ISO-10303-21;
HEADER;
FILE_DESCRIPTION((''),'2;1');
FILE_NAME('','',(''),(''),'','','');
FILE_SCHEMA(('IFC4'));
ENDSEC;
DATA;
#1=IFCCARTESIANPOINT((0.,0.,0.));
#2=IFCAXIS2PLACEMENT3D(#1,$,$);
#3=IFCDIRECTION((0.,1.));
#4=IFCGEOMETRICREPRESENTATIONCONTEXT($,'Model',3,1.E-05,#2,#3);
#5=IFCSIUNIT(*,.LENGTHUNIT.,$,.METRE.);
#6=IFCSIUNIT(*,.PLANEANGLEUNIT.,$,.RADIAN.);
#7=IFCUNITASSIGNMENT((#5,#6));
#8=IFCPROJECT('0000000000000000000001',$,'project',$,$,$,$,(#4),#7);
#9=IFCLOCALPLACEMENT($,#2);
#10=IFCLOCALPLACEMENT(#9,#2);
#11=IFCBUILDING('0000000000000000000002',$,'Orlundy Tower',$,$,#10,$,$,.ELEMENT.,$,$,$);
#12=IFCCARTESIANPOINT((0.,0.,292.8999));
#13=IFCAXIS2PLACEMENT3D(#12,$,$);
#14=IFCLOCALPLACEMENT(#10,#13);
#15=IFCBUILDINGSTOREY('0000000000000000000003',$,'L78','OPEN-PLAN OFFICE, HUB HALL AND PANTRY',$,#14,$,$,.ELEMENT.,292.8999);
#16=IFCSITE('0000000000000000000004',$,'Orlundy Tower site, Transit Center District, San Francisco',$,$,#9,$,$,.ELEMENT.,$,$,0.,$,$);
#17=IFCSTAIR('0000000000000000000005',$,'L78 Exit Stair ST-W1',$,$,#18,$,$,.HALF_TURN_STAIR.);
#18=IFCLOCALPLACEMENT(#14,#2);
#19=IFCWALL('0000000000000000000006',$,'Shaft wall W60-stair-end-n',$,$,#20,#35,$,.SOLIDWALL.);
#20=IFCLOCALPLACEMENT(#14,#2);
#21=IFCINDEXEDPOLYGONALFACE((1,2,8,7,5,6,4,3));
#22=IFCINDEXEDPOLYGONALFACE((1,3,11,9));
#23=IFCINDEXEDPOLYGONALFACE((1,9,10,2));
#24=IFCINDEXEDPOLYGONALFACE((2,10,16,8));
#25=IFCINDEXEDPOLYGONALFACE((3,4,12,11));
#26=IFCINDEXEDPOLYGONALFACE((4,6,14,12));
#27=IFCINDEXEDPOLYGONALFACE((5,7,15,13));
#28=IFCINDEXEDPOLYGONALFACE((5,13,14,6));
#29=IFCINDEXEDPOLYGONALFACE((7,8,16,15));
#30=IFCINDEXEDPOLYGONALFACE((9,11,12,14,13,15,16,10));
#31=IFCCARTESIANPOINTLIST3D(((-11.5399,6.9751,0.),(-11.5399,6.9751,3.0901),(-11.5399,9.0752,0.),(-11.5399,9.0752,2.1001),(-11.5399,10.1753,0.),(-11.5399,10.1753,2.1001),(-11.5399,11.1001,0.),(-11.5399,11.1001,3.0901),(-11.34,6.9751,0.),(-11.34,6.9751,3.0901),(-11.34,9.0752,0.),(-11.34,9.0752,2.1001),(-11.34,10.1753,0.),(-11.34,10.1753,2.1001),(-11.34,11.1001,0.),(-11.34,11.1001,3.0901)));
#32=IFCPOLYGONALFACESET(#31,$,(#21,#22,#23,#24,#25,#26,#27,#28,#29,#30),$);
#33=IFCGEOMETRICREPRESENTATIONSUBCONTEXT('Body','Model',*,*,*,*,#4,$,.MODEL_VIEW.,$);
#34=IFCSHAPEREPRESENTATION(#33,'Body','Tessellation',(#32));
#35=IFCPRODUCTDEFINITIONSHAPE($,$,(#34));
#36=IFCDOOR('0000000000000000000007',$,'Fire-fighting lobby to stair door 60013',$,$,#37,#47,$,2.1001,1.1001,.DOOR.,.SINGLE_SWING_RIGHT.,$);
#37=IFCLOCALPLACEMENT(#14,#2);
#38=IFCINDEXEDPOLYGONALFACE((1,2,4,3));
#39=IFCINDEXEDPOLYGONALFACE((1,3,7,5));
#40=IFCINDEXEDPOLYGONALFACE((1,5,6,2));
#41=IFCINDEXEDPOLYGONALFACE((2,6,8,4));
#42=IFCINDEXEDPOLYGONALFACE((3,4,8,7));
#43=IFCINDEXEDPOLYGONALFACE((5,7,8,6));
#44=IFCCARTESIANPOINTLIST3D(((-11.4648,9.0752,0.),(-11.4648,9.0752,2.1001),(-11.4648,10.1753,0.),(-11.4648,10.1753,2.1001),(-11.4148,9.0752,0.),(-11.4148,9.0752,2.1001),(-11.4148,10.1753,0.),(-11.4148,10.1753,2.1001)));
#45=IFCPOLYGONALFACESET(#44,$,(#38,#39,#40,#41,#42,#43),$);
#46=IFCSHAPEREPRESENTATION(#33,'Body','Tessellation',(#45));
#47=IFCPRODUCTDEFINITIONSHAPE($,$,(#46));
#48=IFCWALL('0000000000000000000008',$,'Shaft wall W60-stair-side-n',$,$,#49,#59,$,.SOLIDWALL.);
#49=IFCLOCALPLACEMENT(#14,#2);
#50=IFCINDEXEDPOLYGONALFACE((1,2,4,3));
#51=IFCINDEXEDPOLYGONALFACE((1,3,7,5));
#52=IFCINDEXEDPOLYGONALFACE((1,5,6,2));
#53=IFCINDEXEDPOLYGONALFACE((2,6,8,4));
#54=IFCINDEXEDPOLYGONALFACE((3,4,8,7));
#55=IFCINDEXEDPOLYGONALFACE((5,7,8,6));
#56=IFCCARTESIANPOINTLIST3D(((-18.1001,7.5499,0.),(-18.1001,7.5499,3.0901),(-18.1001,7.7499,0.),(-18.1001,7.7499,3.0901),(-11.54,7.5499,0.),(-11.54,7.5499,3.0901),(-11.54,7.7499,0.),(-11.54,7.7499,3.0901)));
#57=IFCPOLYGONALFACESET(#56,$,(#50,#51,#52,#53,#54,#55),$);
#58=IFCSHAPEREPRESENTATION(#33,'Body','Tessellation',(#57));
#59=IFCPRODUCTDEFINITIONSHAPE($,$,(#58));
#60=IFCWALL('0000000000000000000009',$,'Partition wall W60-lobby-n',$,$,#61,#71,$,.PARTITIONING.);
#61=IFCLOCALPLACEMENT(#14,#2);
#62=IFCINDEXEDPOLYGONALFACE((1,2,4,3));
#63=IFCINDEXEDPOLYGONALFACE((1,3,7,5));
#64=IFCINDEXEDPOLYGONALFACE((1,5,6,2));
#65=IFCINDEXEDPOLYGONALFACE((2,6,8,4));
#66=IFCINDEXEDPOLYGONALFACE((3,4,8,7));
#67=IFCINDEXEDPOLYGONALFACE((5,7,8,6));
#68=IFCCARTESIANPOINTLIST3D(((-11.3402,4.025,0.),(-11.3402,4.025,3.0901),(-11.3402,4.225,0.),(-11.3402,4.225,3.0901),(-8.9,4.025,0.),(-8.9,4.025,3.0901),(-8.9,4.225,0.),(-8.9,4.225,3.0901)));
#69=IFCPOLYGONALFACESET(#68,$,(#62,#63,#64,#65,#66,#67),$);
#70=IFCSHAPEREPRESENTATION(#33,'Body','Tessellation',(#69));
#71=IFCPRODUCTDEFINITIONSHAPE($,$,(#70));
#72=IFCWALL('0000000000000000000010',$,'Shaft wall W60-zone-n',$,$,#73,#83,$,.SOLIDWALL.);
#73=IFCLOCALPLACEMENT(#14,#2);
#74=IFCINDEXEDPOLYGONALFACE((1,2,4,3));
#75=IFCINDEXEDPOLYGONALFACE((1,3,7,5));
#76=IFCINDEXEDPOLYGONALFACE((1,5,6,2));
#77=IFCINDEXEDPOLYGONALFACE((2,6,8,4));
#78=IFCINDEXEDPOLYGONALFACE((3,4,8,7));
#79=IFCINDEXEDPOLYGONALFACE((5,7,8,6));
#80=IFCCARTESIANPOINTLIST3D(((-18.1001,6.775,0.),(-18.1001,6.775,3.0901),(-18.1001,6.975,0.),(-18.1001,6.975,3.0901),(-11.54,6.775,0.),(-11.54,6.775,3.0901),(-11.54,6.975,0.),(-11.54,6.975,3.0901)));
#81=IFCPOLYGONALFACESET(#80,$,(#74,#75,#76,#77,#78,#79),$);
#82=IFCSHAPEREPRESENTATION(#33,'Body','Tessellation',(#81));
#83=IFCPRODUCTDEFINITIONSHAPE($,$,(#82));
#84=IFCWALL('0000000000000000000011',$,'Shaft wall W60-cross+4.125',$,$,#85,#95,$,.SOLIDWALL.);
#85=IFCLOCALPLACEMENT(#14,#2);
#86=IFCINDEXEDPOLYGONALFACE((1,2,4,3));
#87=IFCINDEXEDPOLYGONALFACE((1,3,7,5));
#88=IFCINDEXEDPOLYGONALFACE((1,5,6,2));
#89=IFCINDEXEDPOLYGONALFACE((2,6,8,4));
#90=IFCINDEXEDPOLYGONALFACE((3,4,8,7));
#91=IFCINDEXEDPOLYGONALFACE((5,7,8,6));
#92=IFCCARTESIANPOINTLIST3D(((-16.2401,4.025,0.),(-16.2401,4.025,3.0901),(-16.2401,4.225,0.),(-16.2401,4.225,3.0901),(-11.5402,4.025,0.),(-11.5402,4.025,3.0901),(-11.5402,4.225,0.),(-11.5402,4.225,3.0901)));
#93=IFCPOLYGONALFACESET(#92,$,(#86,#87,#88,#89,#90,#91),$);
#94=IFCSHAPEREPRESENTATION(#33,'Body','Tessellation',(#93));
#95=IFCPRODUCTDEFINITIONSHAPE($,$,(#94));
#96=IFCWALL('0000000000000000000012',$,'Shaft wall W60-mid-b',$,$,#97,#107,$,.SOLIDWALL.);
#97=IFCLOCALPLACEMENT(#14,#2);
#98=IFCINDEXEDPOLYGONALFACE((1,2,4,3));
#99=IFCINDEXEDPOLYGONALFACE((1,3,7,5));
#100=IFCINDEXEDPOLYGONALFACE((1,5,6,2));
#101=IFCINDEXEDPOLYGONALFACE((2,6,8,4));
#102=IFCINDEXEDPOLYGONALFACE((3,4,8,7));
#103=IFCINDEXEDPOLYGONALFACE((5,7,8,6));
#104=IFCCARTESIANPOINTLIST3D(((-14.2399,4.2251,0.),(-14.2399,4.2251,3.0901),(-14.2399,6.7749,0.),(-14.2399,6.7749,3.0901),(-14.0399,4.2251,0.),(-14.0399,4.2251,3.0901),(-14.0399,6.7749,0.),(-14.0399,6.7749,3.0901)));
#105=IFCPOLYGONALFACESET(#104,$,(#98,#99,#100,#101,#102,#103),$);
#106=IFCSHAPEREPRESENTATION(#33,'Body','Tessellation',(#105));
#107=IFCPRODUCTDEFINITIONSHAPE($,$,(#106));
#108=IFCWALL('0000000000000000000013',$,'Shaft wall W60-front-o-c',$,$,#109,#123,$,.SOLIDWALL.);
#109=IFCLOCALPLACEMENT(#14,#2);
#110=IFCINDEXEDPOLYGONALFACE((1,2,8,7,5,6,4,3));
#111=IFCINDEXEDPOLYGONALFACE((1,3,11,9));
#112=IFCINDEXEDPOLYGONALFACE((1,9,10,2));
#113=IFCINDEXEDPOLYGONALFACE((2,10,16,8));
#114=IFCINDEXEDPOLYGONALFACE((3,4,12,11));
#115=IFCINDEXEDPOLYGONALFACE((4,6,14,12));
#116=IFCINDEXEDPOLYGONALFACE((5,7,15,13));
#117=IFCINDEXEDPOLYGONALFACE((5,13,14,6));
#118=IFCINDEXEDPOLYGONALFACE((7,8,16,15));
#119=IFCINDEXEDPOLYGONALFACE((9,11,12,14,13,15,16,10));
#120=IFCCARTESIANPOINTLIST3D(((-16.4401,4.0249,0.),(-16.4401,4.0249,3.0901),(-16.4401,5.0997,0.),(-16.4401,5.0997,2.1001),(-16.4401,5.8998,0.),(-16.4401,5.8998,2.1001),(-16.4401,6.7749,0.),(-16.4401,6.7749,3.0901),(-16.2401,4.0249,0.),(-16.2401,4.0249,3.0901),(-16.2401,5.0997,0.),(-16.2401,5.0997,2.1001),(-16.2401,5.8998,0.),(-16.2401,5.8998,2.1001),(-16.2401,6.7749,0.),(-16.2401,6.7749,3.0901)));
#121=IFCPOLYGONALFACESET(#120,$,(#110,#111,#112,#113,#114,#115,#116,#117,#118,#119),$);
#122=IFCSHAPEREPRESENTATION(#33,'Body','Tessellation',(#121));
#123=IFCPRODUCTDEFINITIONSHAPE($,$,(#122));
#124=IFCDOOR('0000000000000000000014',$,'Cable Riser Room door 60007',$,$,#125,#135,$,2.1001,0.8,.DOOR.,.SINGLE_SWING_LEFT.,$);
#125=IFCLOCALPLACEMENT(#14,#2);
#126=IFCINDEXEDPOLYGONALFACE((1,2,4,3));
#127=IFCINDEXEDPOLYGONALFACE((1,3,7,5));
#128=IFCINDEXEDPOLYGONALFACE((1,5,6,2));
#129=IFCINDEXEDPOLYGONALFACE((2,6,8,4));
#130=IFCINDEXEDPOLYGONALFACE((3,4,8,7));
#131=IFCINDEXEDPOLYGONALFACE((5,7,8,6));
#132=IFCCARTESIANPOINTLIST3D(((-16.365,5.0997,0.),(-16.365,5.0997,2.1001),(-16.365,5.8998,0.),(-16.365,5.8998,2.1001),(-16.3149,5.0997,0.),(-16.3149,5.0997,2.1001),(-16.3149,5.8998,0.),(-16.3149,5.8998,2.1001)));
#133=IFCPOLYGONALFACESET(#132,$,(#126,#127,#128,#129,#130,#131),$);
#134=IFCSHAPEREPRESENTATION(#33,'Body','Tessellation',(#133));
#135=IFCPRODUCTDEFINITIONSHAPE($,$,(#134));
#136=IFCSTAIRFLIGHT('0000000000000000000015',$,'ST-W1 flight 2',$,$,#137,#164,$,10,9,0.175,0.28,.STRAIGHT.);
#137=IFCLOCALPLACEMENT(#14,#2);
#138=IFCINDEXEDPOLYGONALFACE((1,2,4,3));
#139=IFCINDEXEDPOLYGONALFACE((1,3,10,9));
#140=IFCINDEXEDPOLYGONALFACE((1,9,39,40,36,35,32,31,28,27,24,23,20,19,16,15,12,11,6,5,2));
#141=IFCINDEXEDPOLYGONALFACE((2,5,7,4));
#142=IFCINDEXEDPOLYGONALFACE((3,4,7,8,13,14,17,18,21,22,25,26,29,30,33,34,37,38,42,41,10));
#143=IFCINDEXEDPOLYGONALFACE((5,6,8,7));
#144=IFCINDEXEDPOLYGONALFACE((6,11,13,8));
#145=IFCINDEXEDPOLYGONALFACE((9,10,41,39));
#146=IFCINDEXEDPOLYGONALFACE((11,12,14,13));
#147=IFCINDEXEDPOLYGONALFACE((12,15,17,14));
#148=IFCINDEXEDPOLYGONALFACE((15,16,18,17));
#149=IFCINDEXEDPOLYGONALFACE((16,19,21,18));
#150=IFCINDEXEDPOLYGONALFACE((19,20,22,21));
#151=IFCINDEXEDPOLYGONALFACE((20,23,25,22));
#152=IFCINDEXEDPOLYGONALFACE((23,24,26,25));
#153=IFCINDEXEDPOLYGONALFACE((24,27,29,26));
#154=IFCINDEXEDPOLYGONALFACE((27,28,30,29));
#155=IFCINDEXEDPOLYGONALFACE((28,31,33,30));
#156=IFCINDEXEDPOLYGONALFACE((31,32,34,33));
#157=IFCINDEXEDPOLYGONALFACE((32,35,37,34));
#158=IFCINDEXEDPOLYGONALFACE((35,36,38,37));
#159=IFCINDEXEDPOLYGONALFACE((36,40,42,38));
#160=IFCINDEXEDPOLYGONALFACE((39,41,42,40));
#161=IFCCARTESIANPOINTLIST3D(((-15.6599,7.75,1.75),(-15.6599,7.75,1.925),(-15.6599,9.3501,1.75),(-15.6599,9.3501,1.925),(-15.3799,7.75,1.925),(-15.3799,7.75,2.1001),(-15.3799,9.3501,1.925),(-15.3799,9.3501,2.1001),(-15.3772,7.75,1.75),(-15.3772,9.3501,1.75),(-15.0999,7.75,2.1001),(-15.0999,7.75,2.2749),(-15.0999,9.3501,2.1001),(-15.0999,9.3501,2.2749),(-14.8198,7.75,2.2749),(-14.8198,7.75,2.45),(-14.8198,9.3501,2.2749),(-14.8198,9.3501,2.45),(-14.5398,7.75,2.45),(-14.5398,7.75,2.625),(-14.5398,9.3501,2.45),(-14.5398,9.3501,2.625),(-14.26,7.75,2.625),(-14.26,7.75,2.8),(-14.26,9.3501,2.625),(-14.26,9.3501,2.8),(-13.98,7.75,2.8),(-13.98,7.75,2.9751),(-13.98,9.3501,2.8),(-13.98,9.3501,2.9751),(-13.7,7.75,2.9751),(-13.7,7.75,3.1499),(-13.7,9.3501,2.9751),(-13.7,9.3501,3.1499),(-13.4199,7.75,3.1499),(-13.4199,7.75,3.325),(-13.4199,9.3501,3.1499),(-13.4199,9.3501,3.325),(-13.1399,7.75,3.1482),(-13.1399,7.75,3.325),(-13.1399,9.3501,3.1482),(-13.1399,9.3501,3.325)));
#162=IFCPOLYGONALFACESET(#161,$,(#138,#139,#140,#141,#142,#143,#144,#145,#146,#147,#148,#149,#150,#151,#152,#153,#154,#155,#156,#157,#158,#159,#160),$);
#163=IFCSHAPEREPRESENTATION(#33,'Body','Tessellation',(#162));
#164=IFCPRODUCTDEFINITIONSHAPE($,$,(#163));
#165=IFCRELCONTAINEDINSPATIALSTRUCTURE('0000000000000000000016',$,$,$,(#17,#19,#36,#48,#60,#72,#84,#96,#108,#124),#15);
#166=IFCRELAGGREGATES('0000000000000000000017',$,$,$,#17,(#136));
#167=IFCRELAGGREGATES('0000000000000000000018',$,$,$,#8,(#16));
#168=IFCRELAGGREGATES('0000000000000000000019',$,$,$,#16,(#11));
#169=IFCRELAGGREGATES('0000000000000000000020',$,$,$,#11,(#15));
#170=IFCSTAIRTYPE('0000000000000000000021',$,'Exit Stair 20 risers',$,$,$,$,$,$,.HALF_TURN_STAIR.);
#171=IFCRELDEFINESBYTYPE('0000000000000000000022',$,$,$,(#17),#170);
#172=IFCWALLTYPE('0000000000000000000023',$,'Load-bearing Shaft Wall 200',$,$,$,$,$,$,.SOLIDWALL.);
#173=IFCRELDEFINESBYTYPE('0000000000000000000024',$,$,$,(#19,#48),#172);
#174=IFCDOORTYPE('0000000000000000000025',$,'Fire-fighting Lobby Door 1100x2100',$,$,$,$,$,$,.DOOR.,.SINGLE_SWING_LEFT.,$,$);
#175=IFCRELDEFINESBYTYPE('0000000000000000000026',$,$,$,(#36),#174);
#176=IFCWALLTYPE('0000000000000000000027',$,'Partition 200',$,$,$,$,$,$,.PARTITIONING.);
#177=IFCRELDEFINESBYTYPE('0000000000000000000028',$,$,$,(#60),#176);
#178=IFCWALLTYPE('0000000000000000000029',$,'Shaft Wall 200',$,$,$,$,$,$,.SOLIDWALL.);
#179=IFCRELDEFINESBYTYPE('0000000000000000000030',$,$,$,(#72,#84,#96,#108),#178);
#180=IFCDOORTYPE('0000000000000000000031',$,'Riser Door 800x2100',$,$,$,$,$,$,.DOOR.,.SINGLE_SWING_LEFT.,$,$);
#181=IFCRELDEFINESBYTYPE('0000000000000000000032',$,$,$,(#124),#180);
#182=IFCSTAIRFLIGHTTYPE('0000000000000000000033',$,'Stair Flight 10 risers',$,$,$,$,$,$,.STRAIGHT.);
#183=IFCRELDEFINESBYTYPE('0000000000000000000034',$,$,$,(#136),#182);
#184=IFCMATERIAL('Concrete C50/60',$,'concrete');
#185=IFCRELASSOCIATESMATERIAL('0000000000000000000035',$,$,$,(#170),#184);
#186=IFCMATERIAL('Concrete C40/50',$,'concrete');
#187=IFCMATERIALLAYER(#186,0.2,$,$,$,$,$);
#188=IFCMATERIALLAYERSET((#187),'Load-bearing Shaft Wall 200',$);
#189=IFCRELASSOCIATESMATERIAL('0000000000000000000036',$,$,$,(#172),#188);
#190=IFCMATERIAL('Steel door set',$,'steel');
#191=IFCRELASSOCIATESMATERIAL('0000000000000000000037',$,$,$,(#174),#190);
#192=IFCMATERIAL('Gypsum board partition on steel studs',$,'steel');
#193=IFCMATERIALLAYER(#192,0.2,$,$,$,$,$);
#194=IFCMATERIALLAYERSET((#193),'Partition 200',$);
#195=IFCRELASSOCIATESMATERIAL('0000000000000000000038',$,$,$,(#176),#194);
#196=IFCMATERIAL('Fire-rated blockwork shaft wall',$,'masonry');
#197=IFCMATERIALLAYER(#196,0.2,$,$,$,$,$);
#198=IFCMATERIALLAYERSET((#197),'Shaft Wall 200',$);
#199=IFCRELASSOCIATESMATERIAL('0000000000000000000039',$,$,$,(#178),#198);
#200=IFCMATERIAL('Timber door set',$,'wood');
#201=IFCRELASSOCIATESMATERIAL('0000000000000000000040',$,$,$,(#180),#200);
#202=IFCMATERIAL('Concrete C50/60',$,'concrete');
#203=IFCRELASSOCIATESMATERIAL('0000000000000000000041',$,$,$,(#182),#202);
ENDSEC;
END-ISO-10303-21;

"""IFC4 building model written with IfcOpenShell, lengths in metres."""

from ifc_helpers import new_model, si_unit, direction, frame, frame_2d, origin, place, context, subcontext, project, spatial, polyline, rectangle, outline, extrude, material, layer, layer_set, type_object, element, fill, aggregate, save


model = new_model("IFC4")

# Units and contexts
model_context = context("Model", 3, precision=1e-05, world=origin(), true_north=direction((0.0, 1.0)))
body_context = subcontext(model_context, "Body", "Model", "MODEL_VIEW")
ifc_project = project(units=[si_unit("LENGTHUNIT", "METRE"), si_unit("PLANEANGLEUNIT", "RADIAN")], contexts=[model_context])

# Site, building, storey
site_placement = place(None, origin())
site = spatial("IfcSite", under=ifc_project, at=site_placement, Name="Orlundy Tower site, Transit Center District, San Francisco", CompositionType="ELEMENT", RefElevation=0.0)
building_placement = place(site_placement, origin())
building = spatial("IfcBuilding", under=site, at=building_placement, Name="Orlundy Tower", CompositionType="ELEMENT")
storey_placement = place(building_placement, frame((0.0, 0.0, 292.8999)))
storey = spatial("IfcBuildingStorey", under=building, at=storey_placement, Name="L78", Description="OPEN-PLAN OFFICE, HUB HALL AND PANTRY", CompositionType="ELEMENT", Elevation=292.8999)

# Stair
ifc_material_1 = material(Name="Concrete C50/60", Category="concrete")
stair_type = type_object("IfcStairType", Name="Exit Stair 20 risers", PredefinedType="HALF_TURN_STAIR", material=ifc_material_1)
stair_1_placement = place(storey_placement, origin())
stair_1 = element("IfcStair", 1, at=stair_1_placement, inside=storey, type_object=stair_type, Name="L78 Exit Stair ST-W1", PredefinedType="HALF_TURN_STAIR")

# Wall, opening, door
ifc_material_2 = material(Name="Concrete C40/50", Category="concrete")
ifc_layer_1 = layer(ifc_material_2, 0.2)
ifc_layer_set_1 = layer_set([ifc_layer_1], Name="Load-bearing Shaft Wall 200")
wall_type_1 = type_object("IfcWallType", Name="Load-bearing Shaft Wall 200", PredefinedType="SOLIDWALL", material=ifc_layer_set_1)
wall_1_placement = place(storey_placement, frame((-11.4399, 6.9751, 0.0), z_axis=(0.0, 0.0, 1.0), x_axis=(0.0, 1.0, 0.0)))
wall_1 = element("IfcWall", 2, at=wall_1_placement, inside=storey, type_object=wall_type_1, Name="Shaft wall W60-stair-end-n", PredefinedType="SOLIDWALL", context=body_context, shape_type="SweptSolid", body=[
    extrude(rectangle(XDim=4.125, YDim=0.2, at=frame_2d((2.0625, 0.0))), origin(), (0.0, 0.0, 1.0), 3.0901),
])
opening_1_placement = place(wall_1_placement, frame((2.1001, 0.0, 0.0)))
opening_1 = element("IfcOpeningElement", 3, at=opening_1_placement, cuts=wall_1, PredefinedType="OPENING", context=body_context, shape_type="SweptSolid", body=[
    extrude(rectangle(XDim=1.1001, YDim=2.1001, at=frame_2d((0.55, 1.05))), frame((0.0, 0.1101, 0.0), z_axis=(0.0, -1.0, 0.0), x_axis=(1.0, 0.0, 0.0)), (0.0, 0.0, 1.0), 0.2202),
])
ifc_material_3 = material(Name="Steel door set", Category="steel")
door_type_1 = type_object("IfcDoorType", Name="Fire-fighting Lobby Door 1100x2100", OperationType="SINGLE_SWING_LEFT", PredefinedType="DOOR", material=ifc_material_3)
door_1_placement = place(opening_1_placement, origin())
door_1 = element("IfcDoor", 4, at=door_1_placement, inside=storey, type_object=door_type_1, Name="Fire-fighting lobby to stair door 60013", OperationType="SINGLE_SWING_RIGHT", OverallHeight=2.1001, OverallWidth=1.1001, PredefinedType="DOOR", context=body_context, shape_type="SweptSolid", body=[
    extrude(rectangle(XDim=1.1001, YDim=2.1001, at=frame_2d((0.55, 1.05))), frame((0.0, 0.0249, 0.0), z_axis=(0.0, -1.0, 0.0), x_axis=(1.0, 0.0, 0.0)), (0.0, 0.0, 1.0), 0.05),
])
fill(opening_1, door_1)

# Walls
wall_2_placement = place(storey_placement, frame((-11.54, 7.6499, 0.0), z_axis=(0.0, 0.0, 1.0), x_axis=(-1.0, 0.0, 0.0)))
element("IfcWall", 5, at=wall_2_placement, inside=storey, type_object=wall_type_1, Name="Shaft wall W60-stair-side-n", PredefinedType="SOLIDWALL", context=body_context, shape_type="SweptSolid", body=[
    extrude(rectangle(XDim=6.5601, YDim=0.2, at=frame_2d((3.28, 0.0))), origin(), (0.0, 0.0, 1.0), 3.0901),
])
ifc_material_4 = material(Name="Gypsum board partition on steel studs", Category="steel")
ifc_layer_2 = layer(ifc_material_4, 0.2)
ifc_layer_set_2 = layer_set([ifc_layer_2], Name="Partition 200")
wall_type_2 = type_object("IfcWallType", Name="Partition 200", PredefinedType="PARTITIONING", material=ifc_layer_set_2)
wall_3_placement = place(storey_placement, frame((-8.8999, 4.125, 0.0), z_axis=(0.0, 0.0, 1.0), x_axis=(-1.0, 0.0, 0.0)))
element("IfcWall", 6, at=wall_3_placement, inside=storey, type_object=wall_type_2, Name="Partition wall W60-lobby-n", PredefinedType="PARTITIONING", context=body_context, shape_type="SweptSolid", body=[
    extrude(rectangle(XDim=2.4402, YDim=0.2, at=frame_2d((1.2202, 0.0))), origin(), (0.0, 0.0, 1.0), 3.0901),
])
ifc_material_5 = material(Name="Fire-rated blockwork shaft wall", Category="masonry")
ifc_layer_3 = layer(ifc_material_5, 0.2)
ifc_layer_set_3 = layer_set([ifc_layer_3], Name="Shaft Wall 200")
wall_type_3 = type_object("IfcWallType", Name="Shaft Wall 200", PredefinedType="SOLIDWALL", material=ifc_layer_set_3)
wall_4_placement = place(storey_placement, frame((-11.54, 6.875, 0.0), z_axis=(0.0, 0.0, 1.0), x_axis=(-1.0, 0.0, 0.0)))
element("IfcWall", 7, at=wall_4_placement, inside=storey, type_object=wall_type_3, Name="Shaft wall W60-zone-n", PredefinedType="SOLIDWALL", context=body_context, shape_type="SweptSolid", body=[
    extrude(rectangle(XDim=6.5601, YDim=0.2, at=frame_2d((3.28, 0.0))), origin(), (0.0, 0.0, 1.0), 3.0901),
])
wall_5_placement = place(storey_placement, frame((-11.54, 4.125, 0.0), z_axis=(0.0, 0.0, 1.0), x_axis=(-1.0, 0.0, 0.0)))
element("IfcWall", 8, at=wall_5_placement, inside=storey, type_object=wall_type_3, Name="Shaft wall W60-cross+4.125", PredefinedType="SOLIDWALL", context=body_context, shape_type="SweptSolid", body=[
    extrude(rectangle(XDim=4.7, YDim=0.2, at=frame_2d((2.3501, 0.0))), origin(), (0.0, 0.0, 1.0), 3.0901),
])
wall_6_placement = place(storey_placement, frame((-14.1399, 4.2251, 0.0), z_axis=(0.0, 0.0, 1.0), x_axis=(0.0, 1.0, 0.0)))
element("IfcWall", 9, at=wall_6_placement, inside=storey, type_object=wall_type_3, Name="Shaft wall W60-mid-b", PredefinedType="SOLIDWALL", context=body_context, shape_type="SweptSolid", body=[
    extrude(rectangle(XDim=2.5498, YDim=0.2, at=frame_2d((1.2749, 0.0))), origin(), (0.0, 0.0, 1.0), 3.0901),
])

# Wall, opening, door
wall_7_placement = place(storey_placement, frame((-16.3401, 4.0249, 0.0), z_axis=(0.0, 0.0, 1.0), x_axis=(0.0, 1.0, 0.0)))
wall_7 = element("IfcWall", 10, at=wall_7_placement, inside=storey, type_object=wall_type_3, Name="Shaft wall W60-front-o-c", PredefinedType="SOLIDWALL", context=body_context, shape_type="SweptSolid", body=[
    extrude(rectangle(XDim=2.75, YDim=0.2, at=frame_2d((1.375, 0.0))), origin(), (0.0, 0.0, 1.0), 3.0901),
])
opening_2_placement = place(wall_7_placement, frame((1.075, 0.0, 0.0)))
opening_2 = element("IfcOpeningElement", 11, at=opening_2_placement, cuts=wall_7, PredefinedType="OPENING", context=body_context, shape_type="SweptSolid", body=[
    extrude(rectangle(XDim=0.8, YDim=2.1001, at=frame_2d((0.3999, 1.05))), frame((0.0, 0.1101, 0.0), z_axis=(0.0, -1.0, 0.0), x_axis=(1.0, 0.0, 0.0)), (0.0, 0.0, 1.0), 0.2202),
])
ifc_material_6 = material(Name="Timber door set", Category="wood")
door_type_2 = type_object("IfcDoorType", Name="Riser Door 800x2100", OperationType="SINGLE_SWING_LEFT", PredefinedType="DOOR", material=ifc_material_6)
door_2_placement = place(opening_2_placement, origin())
door_2 = element("IfcDoor", 12, at=door_2_placement, inside=storey, type_object=door_type_2, Name="Cable Riser Room door 60007", OperationType="SINGLE_SWING_LEFT", OverallHeight=2.1001, OverallWidth=0.8, PredefinedType="DOOR", context=body_context, shape_type="SweptSolid", body=[
    extrude(rectangle(XDim=0.8, YDim=2.1001, at=frame_2d((0.3999, 1.05))), frame((0.0, 0.0249, 0.0), z_axis=(0.0, -1.0, 0.0), x_axis=(1.0, 0.0, 0.0)), (0.0, 0.0, 1.0), 0.05),
])
fill(opening_2, door_2)

# Stair flight
ifc_material_7 = material(Name="Concrete C50/60", Category="concrete")
stair_flight_type = type_object("IfcStairFlightType", Name="Stair Flight 10 risers", PredefinedType="STRAIGHT", material=ifc_material_7)
stair_flight_placement = place(storey_placement, frame((-15.6599, 8.55, 1.75), z_axis=(0.0, 0.0, 1.0), x_axis=(1.0, 0.0, 0.0)))
stair_flight = element("IfcStairFlight", 13, at=stair_flight_placement, type_object=stair_flight_type, Name="ST-W1 flight 2", NumberOfRisers=10, NumberOfTreads=9, PredefinedType="STRAIGHT", RiserHeight=0.175, TreadLength=0.28, context=body_context, shape_type="SweptSolid", body=[
    extrude(outline(polyline([(0.0, 0.0), (0.0, 0.175), (0.28, 0.175), (0.28, 0.3501), (0.5601, 0.3501), (0.5601, 0.5249), (0.8401, 0.5249), (0.8401, 0.7), (1.1201, 0.7), (1.1201, 0.875), (1.3999, 0.875), (1.3999, 1.05), (1.6799, 1.05), (1.6799, 1.2251), (1.96, 1.2251), (1.96, 1.3999), (2.24, 1.3999), (2.24, 1.575), (2.52, 1.575), (2.52, 1.75), (2.52, 1.3982), (0.2827, 0.0), (0.0, 0.0)])), frame((0.0, 0.8, 0.0), z_axis=(0.0, -1.0, 0.0), x_axis=(1.0, 0.0, 0.0)), (0.0, 0.0, 1.0), 1.6001),
])
aggregate(stair_1, [stair_flight])

save(model, "model.ifc")
